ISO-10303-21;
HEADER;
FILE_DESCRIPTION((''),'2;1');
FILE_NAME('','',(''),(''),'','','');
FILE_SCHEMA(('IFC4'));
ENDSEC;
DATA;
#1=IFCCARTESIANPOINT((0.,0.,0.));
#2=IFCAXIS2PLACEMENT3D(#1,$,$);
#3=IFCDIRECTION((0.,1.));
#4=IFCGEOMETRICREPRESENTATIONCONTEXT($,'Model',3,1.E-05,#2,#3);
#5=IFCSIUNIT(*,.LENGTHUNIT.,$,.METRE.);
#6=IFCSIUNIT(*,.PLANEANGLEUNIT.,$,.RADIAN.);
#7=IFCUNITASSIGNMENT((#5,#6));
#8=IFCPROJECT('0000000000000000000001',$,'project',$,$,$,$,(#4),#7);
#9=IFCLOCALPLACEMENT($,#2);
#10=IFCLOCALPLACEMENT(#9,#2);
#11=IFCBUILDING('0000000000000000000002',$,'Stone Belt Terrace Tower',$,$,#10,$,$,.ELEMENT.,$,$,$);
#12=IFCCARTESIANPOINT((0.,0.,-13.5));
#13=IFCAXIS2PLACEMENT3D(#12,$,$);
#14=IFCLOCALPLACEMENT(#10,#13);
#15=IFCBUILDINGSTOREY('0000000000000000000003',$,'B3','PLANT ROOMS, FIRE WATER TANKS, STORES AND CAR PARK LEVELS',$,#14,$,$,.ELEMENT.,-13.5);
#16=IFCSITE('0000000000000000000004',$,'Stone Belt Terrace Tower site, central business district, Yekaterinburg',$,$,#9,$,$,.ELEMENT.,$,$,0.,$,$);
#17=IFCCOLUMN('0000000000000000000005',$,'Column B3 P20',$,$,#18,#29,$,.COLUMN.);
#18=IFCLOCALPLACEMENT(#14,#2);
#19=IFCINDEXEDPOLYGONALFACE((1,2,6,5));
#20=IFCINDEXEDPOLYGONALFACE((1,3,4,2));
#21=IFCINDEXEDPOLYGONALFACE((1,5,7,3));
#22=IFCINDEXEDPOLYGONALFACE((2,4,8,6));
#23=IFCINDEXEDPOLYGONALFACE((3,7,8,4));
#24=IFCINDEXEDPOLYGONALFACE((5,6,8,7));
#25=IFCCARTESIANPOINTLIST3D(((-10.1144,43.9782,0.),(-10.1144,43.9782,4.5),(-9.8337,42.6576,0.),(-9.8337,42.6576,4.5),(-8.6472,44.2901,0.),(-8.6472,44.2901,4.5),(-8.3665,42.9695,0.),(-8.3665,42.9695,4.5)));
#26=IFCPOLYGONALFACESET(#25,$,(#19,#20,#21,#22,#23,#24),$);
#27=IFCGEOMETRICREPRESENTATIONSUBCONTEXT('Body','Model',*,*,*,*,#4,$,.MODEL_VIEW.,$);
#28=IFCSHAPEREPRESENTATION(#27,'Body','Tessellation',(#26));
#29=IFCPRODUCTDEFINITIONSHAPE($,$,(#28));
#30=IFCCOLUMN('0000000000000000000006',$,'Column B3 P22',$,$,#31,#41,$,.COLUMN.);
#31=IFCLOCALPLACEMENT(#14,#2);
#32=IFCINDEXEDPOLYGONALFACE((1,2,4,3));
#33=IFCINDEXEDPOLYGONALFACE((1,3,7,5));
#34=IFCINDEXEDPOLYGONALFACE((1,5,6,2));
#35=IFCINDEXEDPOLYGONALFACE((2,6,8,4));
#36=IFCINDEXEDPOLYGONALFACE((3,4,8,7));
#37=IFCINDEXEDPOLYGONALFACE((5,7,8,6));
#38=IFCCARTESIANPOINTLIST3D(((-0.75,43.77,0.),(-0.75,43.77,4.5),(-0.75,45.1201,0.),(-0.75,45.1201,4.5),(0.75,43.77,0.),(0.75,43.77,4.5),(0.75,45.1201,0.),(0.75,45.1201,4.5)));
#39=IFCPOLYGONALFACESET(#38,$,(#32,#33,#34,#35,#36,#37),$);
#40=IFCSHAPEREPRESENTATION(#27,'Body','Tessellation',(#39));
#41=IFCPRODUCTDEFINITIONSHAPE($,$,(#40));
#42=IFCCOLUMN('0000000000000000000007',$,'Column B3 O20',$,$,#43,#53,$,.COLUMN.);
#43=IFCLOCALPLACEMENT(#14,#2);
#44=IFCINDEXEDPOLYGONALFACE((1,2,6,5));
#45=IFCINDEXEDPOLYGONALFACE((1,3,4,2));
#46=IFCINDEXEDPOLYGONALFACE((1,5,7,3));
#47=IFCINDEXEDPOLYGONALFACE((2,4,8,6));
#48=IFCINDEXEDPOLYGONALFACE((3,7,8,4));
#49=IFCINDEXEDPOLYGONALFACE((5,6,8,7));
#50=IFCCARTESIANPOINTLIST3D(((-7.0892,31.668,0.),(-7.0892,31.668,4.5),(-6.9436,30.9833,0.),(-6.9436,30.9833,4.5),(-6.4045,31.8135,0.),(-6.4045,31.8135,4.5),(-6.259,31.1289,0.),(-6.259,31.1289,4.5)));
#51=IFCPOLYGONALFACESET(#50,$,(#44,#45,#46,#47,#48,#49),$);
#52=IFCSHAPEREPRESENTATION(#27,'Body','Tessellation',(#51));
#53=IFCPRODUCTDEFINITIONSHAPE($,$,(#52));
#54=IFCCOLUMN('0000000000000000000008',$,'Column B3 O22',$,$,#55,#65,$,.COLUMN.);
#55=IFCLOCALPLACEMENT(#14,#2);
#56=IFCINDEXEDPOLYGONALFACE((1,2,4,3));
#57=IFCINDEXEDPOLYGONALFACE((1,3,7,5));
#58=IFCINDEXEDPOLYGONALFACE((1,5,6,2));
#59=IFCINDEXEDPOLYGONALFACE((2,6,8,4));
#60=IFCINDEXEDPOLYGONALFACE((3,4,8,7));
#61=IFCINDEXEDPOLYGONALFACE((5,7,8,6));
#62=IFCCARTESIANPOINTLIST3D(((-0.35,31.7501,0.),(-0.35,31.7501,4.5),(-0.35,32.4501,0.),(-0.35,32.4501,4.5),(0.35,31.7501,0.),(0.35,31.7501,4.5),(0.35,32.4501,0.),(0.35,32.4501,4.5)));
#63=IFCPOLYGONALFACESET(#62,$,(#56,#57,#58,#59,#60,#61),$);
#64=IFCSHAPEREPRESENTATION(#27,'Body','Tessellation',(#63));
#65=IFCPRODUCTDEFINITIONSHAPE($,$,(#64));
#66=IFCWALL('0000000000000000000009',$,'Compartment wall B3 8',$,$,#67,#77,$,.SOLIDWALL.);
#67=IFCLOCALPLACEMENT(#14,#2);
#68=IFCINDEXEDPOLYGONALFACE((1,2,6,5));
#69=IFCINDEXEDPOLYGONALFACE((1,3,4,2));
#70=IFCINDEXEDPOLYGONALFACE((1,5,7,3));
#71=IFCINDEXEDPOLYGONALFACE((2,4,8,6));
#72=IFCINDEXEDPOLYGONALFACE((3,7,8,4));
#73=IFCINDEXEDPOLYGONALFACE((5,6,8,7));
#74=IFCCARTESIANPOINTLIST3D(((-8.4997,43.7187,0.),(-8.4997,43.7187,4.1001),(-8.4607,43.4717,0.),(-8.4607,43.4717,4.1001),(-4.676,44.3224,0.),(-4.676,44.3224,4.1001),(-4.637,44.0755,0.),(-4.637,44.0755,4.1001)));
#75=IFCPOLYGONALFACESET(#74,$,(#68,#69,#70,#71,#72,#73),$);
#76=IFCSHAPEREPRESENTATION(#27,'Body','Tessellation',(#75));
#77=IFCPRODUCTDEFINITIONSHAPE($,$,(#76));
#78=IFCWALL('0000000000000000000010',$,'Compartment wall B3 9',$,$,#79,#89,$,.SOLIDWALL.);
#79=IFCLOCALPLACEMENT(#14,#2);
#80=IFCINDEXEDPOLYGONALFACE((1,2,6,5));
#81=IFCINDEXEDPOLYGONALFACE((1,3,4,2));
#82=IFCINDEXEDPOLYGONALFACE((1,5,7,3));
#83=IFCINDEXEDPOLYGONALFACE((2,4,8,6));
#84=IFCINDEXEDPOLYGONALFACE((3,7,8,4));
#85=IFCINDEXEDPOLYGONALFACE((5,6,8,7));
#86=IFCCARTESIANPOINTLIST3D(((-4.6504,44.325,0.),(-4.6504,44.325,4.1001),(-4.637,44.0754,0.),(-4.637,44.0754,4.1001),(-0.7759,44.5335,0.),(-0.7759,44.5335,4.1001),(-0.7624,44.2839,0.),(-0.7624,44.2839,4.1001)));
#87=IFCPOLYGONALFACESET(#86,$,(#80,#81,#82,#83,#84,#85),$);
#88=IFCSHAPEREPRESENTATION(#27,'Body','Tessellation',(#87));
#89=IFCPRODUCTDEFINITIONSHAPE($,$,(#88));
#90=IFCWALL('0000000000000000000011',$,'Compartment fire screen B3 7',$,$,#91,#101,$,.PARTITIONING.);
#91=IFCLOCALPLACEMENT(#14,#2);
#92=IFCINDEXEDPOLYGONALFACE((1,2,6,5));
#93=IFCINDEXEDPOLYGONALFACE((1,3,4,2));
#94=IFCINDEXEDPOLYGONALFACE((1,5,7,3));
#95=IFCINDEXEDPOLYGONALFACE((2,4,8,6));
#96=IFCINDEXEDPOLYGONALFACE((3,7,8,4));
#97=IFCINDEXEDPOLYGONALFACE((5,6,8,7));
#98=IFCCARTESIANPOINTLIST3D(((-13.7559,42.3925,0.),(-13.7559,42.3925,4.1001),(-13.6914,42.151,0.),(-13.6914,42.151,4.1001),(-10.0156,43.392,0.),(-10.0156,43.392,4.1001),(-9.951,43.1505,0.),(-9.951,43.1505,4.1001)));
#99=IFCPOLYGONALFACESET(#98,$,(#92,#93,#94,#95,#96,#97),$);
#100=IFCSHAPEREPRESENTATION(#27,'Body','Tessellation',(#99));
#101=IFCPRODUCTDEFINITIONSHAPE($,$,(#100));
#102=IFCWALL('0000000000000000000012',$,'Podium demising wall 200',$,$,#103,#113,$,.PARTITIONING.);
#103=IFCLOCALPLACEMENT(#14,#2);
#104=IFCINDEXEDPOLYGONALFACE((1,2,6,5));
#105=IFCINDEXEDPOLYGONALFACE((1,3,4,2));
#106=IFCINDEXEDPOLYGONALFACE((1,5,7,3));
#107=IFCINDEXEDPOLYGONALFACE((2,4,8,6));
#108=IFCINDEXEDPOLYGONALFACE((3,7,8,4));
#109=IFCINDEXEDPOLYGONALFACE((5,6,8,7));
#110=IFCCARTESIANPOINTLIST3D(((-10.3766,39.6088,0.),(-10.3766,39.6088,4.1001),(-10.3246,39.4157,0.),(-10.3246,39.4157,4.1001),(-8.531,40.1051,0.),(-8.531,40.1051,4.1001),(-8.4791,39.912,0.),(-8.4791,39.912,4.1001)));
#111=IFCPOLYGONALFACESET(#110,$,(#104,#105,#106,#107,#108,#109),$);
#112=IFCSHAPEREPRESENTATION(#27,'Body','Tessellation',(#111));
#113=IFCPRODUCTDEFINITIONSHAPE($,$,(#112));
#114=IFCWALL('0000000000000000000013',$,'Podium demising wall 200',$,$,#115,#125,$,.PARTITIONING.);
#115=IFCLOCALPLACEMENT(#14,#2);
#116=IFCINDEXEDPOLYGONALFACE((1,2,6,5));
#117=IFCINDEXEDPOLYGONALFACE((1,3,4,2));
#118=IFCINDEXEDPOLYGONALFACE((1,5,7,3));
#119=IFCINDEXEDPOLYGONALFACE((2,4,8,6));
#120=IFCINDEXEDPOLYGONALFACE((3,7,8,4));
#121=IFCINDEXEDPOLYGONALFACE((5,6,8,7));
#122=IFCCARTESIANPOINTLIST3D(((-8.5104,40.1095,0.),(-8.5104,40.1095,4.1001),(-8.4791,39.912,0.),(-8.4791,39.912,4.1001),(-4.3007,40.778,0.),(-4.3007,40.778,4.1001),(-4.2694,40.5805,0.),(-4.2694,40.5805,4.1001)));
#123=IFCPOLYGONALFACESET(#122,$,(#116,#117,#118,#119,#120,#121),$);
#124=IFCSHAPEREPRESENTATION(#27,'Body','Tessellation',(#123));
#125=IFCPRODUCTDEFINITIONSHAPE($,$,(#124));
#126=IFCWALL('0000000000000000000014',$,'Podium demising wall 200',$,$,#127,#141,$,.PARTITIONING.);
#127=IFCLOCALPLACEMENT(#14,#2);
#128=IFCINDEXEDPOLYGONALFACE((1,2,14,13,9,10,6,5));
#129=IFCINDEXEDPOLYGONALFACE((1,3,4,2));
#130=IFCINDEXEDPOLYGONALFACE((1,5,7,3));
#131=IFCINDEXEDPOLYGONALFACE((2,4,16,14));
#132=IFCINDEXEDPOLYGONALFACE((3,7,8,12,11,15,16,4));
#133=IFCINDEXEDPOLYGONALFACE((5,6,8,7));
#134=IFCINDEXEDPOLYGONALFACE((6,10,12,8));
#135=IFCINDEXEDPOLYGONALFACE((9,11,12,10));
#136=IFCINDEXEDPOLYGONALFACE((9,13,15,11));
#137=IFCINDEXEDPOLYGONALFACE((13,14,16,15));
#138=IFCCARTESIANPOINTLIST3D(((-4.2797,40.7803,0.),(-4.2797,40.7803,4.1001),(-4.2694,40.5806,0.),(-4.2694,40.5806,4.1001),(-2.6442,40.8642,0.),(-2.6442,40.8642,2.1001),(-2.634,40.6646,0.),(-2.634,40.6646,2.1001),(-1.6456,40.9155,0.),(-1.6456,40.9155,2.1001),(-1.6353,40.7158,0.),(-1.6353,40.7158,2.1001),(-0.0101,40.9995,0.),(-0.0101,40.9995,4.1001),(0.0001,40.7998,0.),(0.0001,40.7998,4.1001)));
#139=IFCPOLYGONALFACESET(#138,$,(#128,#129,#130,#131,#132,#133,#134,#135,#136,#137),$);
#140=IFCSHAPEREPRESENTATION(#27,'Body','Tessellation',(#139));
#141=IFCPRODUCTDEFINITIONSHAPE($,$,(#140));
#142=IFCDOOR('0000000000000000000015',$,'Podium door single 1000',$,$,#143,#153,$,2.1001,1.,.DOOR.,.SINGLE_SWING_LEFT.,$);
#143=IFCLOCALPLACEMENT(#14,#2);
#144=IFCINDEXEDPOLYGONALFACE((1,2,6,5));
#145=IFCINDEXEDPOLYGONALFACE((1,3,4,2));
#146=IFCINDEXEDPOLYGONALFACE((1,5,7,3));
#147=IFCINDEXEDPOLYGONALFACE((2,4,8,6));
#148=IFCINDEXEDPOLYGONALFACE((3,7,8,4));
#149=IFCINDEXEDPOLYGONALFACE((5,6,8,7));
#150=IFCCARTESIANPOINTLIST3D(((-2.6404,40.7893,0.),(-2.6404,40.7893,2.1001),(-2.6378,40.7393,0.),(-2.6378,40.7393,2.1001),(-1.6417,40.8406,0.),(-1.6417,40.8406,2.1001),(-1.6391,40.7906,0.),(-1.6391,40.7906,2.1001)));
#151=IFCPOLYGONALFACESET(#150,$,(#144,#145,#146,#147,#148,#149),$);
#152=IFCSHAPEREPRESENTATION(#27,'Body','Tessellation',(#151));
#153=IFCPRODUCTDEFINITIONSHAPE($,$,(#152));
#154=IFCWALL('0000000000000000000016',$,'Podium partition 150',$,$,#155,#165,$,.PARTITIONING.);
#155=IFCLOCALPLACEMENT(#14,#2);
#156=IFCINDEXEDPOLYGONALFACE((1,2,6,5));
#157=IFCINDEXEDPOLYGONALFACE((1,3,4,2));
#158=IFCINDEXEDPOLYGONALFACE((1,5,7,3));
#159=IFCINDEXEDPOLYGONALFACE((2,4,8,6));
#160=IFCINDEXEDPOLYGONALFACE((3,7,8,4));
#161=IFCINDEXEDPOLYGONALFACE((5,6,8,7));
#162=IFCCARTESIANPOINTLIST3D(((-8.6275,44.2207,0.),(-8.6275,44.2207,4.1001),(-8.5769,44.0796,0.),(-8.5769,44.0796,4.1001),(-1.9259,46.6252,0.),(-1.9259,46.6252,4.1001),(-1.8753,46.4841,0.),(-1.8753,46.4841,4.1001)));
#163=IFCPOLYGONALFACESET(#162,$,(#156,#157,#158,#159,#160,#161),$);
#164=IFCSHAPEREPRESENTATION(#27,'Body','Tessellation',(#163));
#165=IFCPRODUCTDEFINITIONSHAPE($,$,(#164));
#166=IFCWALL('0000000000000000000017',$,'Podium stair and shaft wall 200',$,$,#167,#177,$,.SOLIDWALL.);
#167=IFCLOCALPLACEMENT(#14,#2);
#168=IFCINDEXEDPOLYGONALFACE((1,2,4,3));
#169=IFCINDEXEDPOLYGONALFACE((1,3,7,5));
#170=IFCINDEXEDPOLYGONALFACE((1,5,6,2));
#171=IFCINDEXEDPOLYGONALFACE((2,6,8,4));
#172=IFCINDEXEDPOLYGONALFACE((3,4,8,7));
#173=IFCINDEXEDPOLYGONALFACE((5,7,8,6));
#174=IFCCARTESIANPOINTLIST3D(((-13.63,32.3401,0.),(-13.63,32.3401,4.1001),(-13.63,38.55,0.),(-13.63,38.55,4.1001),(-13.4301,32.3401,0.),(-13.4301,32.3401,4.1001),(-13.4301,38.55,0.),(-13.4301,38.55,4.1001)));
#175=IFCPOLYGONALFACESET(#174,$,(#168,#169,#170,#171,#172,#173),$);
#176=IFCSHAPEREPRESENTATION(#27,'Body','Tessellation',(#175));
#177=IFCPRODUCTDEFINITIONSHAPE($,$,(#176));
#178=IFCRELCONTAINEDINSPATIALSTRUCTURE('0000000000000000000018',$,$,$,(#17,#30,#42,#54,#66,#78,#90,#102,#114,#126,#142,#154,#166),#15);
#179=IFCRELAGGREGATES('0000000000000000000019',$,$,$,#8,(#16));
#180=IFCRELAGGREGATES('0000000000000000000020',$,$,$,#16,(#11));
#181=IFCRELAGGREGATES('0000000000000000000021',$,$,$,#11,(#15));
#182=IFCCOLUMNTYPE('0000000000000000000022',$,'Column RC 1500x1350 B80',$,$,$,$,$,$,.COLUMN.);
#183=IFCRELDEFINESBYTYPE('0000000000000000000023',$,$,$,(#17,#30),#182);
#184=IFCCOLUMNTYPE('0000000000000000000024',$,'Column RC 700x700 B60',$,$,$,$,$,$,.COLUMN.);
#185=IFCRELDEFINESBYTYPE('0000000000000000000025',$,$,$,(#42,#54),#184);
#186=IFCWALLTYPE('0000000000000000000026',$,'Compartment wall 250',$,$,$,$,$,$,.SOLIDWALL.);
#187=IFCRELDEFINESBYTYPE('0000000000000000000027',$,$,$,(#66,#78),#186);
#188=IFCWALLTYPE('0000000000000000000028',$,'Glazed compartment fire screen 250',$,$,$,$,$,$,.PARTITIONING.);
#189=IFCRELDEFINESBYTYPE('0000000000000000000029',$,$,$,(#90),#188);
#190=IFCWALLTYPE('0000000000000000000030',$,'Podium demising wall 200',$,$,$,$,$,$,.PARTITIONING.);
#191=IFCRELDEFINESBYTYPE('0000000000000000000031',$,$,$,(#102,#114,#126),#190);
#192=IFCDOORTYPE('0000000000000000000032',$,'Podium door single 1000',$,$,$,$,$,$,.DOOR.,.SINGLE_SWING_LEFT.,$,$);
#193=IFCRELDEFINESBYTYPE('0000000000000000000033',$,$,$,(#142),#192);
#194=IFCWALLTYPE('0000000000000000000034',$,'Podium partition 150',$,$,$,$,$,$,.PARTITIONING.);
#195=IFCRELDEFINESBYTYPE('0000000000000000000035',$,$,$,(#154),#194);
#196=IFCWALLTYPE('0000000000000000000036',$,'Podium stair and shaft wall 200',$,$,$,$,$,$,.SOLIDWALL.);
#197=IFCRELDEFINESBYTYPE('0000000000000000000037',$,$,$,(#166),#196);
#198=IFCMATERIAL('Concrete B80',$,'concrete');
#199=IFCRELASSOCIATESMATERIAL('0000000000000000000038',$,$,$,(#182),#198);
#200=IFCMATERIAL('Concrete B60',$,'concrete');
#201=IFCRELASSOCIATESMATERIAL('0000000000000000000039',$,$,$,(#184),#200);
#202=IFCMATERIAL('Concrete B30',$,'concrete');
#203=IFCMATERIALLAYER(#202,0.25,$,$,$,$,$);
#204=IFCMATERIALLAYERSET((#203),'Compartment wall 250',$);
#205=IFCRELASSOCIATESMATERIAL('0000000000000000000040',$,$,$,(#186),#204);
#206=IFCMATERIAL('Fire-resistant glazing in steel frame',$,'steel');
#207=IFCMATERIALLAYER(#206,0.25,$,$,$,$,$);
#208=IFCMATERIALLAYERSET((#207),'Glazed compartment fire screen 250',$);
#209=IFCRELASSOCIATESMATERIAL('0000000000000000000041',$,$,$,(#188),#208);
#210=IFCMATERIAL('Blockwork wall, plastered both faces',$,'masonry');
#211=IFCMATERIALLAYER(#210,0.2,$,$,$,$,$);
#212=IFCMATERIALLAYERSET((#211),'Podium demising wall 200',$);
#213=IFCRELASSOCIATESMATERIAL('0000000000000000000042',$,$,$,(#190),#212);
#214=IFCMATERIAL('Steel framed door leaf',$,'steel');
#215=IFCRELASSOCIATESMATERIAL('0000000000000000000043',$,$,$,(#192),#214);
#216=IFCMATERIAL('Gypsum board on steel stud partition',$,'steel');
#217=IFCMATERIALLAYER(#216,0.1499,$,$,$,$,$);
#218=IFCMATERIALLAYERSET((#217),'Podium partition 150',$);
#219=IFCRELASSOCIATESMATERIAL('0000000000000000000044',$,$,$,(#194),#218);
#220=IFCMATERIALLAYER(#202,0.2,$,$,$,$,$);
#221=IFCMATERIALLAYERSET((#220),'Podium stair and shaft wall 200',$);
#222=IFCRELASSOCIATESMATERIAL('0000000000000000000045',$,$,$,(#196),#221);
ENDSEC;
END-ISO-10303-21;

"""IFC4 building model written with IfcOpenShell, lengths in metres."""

from ifc_helpers import new_model, si_unit, direction, frame, frame_2d, origin, origin_2d, place, context, subcontext, project, spatial, rectangle, extrude, material, layer, layer_set, material_profile, profile_set, type_object, element, fill, save


model = new_model("IFC4")

# Units and contexts
model_context = context("Model", 3, precision=1e-05, world=origin(), true_north=direction((0.0, 1.0)))
body_context = subcontext(model_context, "Body", "Model", "MODEL_VIEW")
ifc_project = project(units=[si_unit("LENGTHUNIT", "METRE"), si_unit("PLANEANGLEUNIT", "RADIAN")], contexts=[model_context])

# Site, building, storey
site_placement = place(None, origin())
site = spatial("IfcSite", under=ifc_project, at=site_placement, Name="Stone Belt Terrace Tower site, central business district, Yekaterinburg", CompositionType="ELEMENT", RefElevation=0.0)
building_placement = place(site_placement, origin())
building = spatial("IfcBuilding", under=site, at=building_placement, Name="Stone Belt Terrace Tower", CompositionType="ELEMENT")
storey_placement = place(building_placement, frame((0.0, 0.0, -13.5)))
storey = spatial("IfcBuildingStorey", under=building, at=storey_placement, Name="B3", Description="PLANT ROOMS, FIRE WATER TANKS, STORES AND CAR PARK LEVELS", CompositionType="ELEMENT", Elevation=-13.5)

# Columns
ifc_material_1 = material(Name="Concrete B80", Category="concrete")
ifc_material_profile_1 = material_profile(ifc_material_1, rectangle(XDim=1.5, YDim=1.3501, at=origin_2d()), Name="RC 1500x1350")
ifc_profile_set_1 = profile_set([ifc_material_profile_1], Name="Concrete B80")
column_type_1 = type_object("IfcColumnType", Name="Column RC 1500x1350 B80", PredefinedType="COLUMN", material=ifc_profile_set_1)
for number, where, z_axis, x_axis, name in (
    (1, (-9.2405, 43.4739, 0.0), (0.0, 0.0, 1.0), (0.978148, 0.207912, 0.0), "Column B3 P20"),
    (2, (0.0, 44.4451, 0.0), (0.0, 0.0, 1.0), (1.0, 0.0, 0.0), "Column B3 P22"),
):
    element("IfcColumn", number, at=place(storey_placement, frame(where, z_axis=z_axis, x_axis=x_axis)), inside=storey, type_object=column_type_1, Name=name, PredefinedType="COLUMN", context=body_context, shape_type="SweptSolid", body=[
        extrude(rectangle(XDim=1.5, YDim=1.3501, at=origin_2d()), origin(), (0.0, 0.0, 1.0), 4.5),
    ])
ifc_material_2 = material(Name="Concrete B60", Category="concrete")
ifc_material_profile_2 = material_profile(ifc_material_2, rectangle(XDim=0.7, YDim=0.7, at=origin_2d()), Name="RC 700x700")
ifc_profile_set_2 = profile_set([ifc_material_profile_2], Name="Concrete B60")
column_type_2 = type_object("IfcColumnType", Name="Column RC 700x700 B60", PredefinedType="COLUMN", material=ifc_profile_set_2)
for number, where, z_axis, x_axis, name in (
    (3, (-6.6741, 31.3984, 0.0), (0.0, 0.0, 1.0), (0.978148, 0.207912, 0.0), "Column B3 O20"),
    (4, (0.0, 32.1001, 0.0), (0.0, 0.0, 1.0), (1.0, 0.0, 0.0), "Column B3 O22"),
):
    element("IfcColumn", number, at=place(storey_placement, frame(where, z_axis=z_axis, x_axis=x_axis)), inside=storey, type_object=column_type_2, Name=name, PredefinedType="COLUMN", context=body_context, shape_type="SweptSolid", body=[
        extrude(rectangle(XDim=0.7, YDim=0.7, at=origin_2d()), origin(), (0.0, 0.0, 1.0), 4.5),
    ])

# Walls
ifc_material_3 = material(Name="Concrete B30", Category="concrete")
ifc_layer_1 = layer(ifc_material_3, 0.25)
ifc_layer_set_1 = layer_set([ifc_layer_1], Name="Compartment wall 250")
wall_type_1 = type_object("IfcWallType", Name="Compartment wall 250", PredefinedType="SOLIDWALL", material=ifc_layer_set_1)
wall_1_placement = place(storey_placement, frame((-8.4802, 43.5952, 0.0), z_axis=(0.0, 0.0, 1.0), x_axis=(0.987762, 0.155966, 0.0)))
element("IfcWall", 5, at=wall_1_placement, inside=storey, type_object=wall_type_1, Name="Compartment wall B3 8", PredefinedType="SOLIDWALL", context=body_context, shape_type="SweptSolid", body=[
    extrude(rectangle(XDim=3.8711, YDim=0.25, at=frame_2d((1.9355, 0.0))), origin(), (0.0, 0.0, 1.0), 4.1001),
])
wall_2_placement = place(storey_placement, frame((-4.6436, 44.2002, 0.0), z_axis=(0.0, 0.0, 1.0), x_axis=(0.998555, 0.053734, 0.0)))
element("IfcWall", 6, at=wall_2_placement, inside=storey, type_object=wall_type_1, Name="Compartment wall B3 9", PredefinedType="SOLIDWALL", context=body_context, shape_type="SweptSolid", body=[
    extrude(rectangle(XDim=3.8801, YDim=0.25, at=frame_2d((1.9399, 0.0))), origin(), (0.0, 0.0, 1.0), 4.1001),
])
ifc_material_4 = material(Name="Fire-resistant glazing in steel frame", Category="steel")
ifc_layer_2 = layer(ifc_material_4, 0.25)
ifc_layer_set_2 = layer_set([ifc_layer_2], Name="Glazed compartment fire screen 250")
wall_type_2 = type_object("IfcWallType", Name="Glazed compartment fire screen 250", PredefinedType="PARTITIONING", material=ifc_layer_set_2)
wall_3_placement = place(storey_placement, frame((-13.7236, 42.2717, 0.0), z_axis=(0.0, 0.0, 1.0), x_axis=(0.966099, 0.258173, 0.0)))
element("IfcWall", 7, at=wall_3_placement, inside=storey, type_object=wall_type_2, Name="Compartment fire screen B3 7", PredefinedType="PARTITIONING", context=body_context, shape_type="SweptSolid", body=[
    extrude(rectangle(XDim=3.8716, YDim=0.25, at=frame_2d((1.9358, 0.0))), origin(), (0.0, 0.0, 1.0), 4.1001),
])
ifc_material_5 = material(Name="Blockwork wall, plastered both faces", Category="masonry")
ifc_layer_3 = layer(ifc_material_5, 0.2)
ifc_layer_set_3 = layer_set([ifc_layer_3], Name="Podium demising wall 200")
wall_type_3 = type_object("IfcWallType", Name="Podium demising wall 200", PredefinedType="PARTITIONING", material=ifc_layer_set_3)
wall_4_placement = place(storey_placement, frame((-10.3506, 39.5122, 0.0), z_axis=(0.0, 0.0, 1.0), x_axis=(0.965684, 0.259721, 0.0)))
element("IfcWall", 8, at=wall_4_placement, inside=storey, type_object=wall_type_3, Name="Podium demising wall 200", PredefinedType="PARTITIONING", context=body_context, shape_type="SweptSolid", body=[
    extrude(rectangle(XDim=1.9111, YDim=0.2, at=frame_2d((0.9556, 0.0))), origin(), (0.0, 0.0, 1.0), 4.1001),
])
wall_5_placement = place(storey_placement, frame((-8.4949, 40.0107, 0.0), z_axis=(0.0, 0.0, 1.0), x_axis=(0.987627, 0.156824, 0.0)))
element("IfcWall", 9, at=wall_5_placement, inside=storey, type_object=wall_type_3, Name="Podium demising wall 200", PredefinedType="PARTITIONING", context=body_context, shape_type="SweptSolid", body=[
    extrude(rectangle(XDim=4.2625, YDim=0.2, at=frame_2d((2.1313, 0.0))), origin(), (0.0, 0.0, 1.0), 4.1001),
])

# Wall, opening, door
wall_6_placement = place(storey_placement, frame((-4.2747, 40.6804, 0.0), z_axis=(0.0, 0.0, 1.0), x_axis=(0.998684, 0.051282, 0.0)))
wall_6 = element("IfcWall", 10, at=wall_6_placement, inside=storey, type_object=wall_type_3, Name="Podium demising wall 200", PredefinedType="PARTITIONING", context=body_context, shape_type="SweptSolid", body=[
    extrude(rectangle(XDim=4.2751, YDim=0.2, at=frame_2d((2.1377, 0.0))), origin(), (0.0, 0.0, 1.0), 4.1001),
])
opening_placement = place(wall_6_placement, frame((1.6377, 0.0, 0.0)))
opening = element("IfcOpeningElement", 11, at=opening_placement, cuts=wall_6, PredefinedType="OPENING", context=body_context, shape_type="SweptSolid", body=[
    extrude(rectangle(XDim=1.0, YDim=2.1001, at=frame_2d((0.5, 1.05))), frame((0.0, 0.1099, 0.0), z_axis=(0.0, -1.0, 0.0), x_axis=(1.0, 0.0, 0.0)), (0.0, 0.0, 1.0), 0.22),
])
ifc_material_6 = material(Name="Steel framed door leaf", Category="steel")
door_type = type_object("IfcDoorType", Name="Podium door single 1000", OperationType="SINGLE_SWING_LEFT", PredefinedType="DOOR", material=ifc_material_6)
door_placement = place(opening_placement, origin())
door = element("IfcDoor", 12, at=door_placement, inside=storey, type_object=door_type, Name="Podium door single 1000", OperationType="SINGLE_SWING_LEFT", OverallHeight=2.1001, OverallWidth=1.0, PredefinedType="DOOR", context=body_context, shape_type="SweptSolid", body=[
    extrude(rectangle(XDim=1.0, YDim=2.1001, at=frame_2d((0.5, 1.05))), frame((0.0, 0.0249, 0.0), z_axis=(0.0, -1.0, 0.0), x_axis=(1.0, 0.0, 0.0)), (0.0, 0.0, 1.0), 0.05),
])
fill(opening, door)

# Walls
ifc_material_7 = material(Name="Gypsum board on steel stud partition", Category="steel")
ifc_layer_4 = layer(ifc_material_7, 0.1499)
ifc_layer_set_4 = layer_set([ifc_layer_4], Name="Podium partition 150")
wall_type_4 = type_object("IfcWallType", Name="Podium partition 150", PredefinedType="PARTITIONING", material=ifc_layer_set_4)
wall_7_placement = place(storey_placement, frame((-8.6023, 44.1501, 0.0), z_axis=(0.0, 0.0, 1.0), x_axis=(0.941248, 0.337718, 0.0)))
element("IfcWall", 13, at=wall_7_placement, inside=storey, type_object=wall_type_4, Name="Podium partition 150", PredefinedType="PARTITIONING", context=body_context, shape_type="SweptSolid", body=[
    extrude(rectangle(XDim=7.1199, YDim=0.1499, at=frame_2d((3.5601, 0.0))), origin(), (0.0, 0.0, 1.0), 4.1001),
])
ifc_layer_5 = layer(ifc_material_3, 0.2)
ifc_layer_set_5 = layer_set([ifc_layer_5], Name="Podium stair and shaft wall 200")
wall_type_5 = type_object("IfcWallType", Name="Podium stair and shaft wall 200", PredefinedType="SOLIDWALL", material=ifc_layer_set_5)
wall_8_placement = place(storey_placement, frame((-13.53, 32.3401, 0.0), z_axis=(0.0, 0.0, 1.0), x_axis=(0.0, 1.0, 0.0)))
element("IfcWall", 14, at=wall_8_placement, inside=storey, type_object=wall_type_5, Name="Podium stair and shaft wall 200", PredefinedType="SOLIDWALL", context=body_context, shape_type="SweptSolid", body=[
    extrude(rectangle(XDim=6.21, YDim=0.2, at=frame_2d((3.105, 0.0))), origin(), (0.0, 0.0, 1.0), 4.1001),
])

save(model, "model.ifc")
